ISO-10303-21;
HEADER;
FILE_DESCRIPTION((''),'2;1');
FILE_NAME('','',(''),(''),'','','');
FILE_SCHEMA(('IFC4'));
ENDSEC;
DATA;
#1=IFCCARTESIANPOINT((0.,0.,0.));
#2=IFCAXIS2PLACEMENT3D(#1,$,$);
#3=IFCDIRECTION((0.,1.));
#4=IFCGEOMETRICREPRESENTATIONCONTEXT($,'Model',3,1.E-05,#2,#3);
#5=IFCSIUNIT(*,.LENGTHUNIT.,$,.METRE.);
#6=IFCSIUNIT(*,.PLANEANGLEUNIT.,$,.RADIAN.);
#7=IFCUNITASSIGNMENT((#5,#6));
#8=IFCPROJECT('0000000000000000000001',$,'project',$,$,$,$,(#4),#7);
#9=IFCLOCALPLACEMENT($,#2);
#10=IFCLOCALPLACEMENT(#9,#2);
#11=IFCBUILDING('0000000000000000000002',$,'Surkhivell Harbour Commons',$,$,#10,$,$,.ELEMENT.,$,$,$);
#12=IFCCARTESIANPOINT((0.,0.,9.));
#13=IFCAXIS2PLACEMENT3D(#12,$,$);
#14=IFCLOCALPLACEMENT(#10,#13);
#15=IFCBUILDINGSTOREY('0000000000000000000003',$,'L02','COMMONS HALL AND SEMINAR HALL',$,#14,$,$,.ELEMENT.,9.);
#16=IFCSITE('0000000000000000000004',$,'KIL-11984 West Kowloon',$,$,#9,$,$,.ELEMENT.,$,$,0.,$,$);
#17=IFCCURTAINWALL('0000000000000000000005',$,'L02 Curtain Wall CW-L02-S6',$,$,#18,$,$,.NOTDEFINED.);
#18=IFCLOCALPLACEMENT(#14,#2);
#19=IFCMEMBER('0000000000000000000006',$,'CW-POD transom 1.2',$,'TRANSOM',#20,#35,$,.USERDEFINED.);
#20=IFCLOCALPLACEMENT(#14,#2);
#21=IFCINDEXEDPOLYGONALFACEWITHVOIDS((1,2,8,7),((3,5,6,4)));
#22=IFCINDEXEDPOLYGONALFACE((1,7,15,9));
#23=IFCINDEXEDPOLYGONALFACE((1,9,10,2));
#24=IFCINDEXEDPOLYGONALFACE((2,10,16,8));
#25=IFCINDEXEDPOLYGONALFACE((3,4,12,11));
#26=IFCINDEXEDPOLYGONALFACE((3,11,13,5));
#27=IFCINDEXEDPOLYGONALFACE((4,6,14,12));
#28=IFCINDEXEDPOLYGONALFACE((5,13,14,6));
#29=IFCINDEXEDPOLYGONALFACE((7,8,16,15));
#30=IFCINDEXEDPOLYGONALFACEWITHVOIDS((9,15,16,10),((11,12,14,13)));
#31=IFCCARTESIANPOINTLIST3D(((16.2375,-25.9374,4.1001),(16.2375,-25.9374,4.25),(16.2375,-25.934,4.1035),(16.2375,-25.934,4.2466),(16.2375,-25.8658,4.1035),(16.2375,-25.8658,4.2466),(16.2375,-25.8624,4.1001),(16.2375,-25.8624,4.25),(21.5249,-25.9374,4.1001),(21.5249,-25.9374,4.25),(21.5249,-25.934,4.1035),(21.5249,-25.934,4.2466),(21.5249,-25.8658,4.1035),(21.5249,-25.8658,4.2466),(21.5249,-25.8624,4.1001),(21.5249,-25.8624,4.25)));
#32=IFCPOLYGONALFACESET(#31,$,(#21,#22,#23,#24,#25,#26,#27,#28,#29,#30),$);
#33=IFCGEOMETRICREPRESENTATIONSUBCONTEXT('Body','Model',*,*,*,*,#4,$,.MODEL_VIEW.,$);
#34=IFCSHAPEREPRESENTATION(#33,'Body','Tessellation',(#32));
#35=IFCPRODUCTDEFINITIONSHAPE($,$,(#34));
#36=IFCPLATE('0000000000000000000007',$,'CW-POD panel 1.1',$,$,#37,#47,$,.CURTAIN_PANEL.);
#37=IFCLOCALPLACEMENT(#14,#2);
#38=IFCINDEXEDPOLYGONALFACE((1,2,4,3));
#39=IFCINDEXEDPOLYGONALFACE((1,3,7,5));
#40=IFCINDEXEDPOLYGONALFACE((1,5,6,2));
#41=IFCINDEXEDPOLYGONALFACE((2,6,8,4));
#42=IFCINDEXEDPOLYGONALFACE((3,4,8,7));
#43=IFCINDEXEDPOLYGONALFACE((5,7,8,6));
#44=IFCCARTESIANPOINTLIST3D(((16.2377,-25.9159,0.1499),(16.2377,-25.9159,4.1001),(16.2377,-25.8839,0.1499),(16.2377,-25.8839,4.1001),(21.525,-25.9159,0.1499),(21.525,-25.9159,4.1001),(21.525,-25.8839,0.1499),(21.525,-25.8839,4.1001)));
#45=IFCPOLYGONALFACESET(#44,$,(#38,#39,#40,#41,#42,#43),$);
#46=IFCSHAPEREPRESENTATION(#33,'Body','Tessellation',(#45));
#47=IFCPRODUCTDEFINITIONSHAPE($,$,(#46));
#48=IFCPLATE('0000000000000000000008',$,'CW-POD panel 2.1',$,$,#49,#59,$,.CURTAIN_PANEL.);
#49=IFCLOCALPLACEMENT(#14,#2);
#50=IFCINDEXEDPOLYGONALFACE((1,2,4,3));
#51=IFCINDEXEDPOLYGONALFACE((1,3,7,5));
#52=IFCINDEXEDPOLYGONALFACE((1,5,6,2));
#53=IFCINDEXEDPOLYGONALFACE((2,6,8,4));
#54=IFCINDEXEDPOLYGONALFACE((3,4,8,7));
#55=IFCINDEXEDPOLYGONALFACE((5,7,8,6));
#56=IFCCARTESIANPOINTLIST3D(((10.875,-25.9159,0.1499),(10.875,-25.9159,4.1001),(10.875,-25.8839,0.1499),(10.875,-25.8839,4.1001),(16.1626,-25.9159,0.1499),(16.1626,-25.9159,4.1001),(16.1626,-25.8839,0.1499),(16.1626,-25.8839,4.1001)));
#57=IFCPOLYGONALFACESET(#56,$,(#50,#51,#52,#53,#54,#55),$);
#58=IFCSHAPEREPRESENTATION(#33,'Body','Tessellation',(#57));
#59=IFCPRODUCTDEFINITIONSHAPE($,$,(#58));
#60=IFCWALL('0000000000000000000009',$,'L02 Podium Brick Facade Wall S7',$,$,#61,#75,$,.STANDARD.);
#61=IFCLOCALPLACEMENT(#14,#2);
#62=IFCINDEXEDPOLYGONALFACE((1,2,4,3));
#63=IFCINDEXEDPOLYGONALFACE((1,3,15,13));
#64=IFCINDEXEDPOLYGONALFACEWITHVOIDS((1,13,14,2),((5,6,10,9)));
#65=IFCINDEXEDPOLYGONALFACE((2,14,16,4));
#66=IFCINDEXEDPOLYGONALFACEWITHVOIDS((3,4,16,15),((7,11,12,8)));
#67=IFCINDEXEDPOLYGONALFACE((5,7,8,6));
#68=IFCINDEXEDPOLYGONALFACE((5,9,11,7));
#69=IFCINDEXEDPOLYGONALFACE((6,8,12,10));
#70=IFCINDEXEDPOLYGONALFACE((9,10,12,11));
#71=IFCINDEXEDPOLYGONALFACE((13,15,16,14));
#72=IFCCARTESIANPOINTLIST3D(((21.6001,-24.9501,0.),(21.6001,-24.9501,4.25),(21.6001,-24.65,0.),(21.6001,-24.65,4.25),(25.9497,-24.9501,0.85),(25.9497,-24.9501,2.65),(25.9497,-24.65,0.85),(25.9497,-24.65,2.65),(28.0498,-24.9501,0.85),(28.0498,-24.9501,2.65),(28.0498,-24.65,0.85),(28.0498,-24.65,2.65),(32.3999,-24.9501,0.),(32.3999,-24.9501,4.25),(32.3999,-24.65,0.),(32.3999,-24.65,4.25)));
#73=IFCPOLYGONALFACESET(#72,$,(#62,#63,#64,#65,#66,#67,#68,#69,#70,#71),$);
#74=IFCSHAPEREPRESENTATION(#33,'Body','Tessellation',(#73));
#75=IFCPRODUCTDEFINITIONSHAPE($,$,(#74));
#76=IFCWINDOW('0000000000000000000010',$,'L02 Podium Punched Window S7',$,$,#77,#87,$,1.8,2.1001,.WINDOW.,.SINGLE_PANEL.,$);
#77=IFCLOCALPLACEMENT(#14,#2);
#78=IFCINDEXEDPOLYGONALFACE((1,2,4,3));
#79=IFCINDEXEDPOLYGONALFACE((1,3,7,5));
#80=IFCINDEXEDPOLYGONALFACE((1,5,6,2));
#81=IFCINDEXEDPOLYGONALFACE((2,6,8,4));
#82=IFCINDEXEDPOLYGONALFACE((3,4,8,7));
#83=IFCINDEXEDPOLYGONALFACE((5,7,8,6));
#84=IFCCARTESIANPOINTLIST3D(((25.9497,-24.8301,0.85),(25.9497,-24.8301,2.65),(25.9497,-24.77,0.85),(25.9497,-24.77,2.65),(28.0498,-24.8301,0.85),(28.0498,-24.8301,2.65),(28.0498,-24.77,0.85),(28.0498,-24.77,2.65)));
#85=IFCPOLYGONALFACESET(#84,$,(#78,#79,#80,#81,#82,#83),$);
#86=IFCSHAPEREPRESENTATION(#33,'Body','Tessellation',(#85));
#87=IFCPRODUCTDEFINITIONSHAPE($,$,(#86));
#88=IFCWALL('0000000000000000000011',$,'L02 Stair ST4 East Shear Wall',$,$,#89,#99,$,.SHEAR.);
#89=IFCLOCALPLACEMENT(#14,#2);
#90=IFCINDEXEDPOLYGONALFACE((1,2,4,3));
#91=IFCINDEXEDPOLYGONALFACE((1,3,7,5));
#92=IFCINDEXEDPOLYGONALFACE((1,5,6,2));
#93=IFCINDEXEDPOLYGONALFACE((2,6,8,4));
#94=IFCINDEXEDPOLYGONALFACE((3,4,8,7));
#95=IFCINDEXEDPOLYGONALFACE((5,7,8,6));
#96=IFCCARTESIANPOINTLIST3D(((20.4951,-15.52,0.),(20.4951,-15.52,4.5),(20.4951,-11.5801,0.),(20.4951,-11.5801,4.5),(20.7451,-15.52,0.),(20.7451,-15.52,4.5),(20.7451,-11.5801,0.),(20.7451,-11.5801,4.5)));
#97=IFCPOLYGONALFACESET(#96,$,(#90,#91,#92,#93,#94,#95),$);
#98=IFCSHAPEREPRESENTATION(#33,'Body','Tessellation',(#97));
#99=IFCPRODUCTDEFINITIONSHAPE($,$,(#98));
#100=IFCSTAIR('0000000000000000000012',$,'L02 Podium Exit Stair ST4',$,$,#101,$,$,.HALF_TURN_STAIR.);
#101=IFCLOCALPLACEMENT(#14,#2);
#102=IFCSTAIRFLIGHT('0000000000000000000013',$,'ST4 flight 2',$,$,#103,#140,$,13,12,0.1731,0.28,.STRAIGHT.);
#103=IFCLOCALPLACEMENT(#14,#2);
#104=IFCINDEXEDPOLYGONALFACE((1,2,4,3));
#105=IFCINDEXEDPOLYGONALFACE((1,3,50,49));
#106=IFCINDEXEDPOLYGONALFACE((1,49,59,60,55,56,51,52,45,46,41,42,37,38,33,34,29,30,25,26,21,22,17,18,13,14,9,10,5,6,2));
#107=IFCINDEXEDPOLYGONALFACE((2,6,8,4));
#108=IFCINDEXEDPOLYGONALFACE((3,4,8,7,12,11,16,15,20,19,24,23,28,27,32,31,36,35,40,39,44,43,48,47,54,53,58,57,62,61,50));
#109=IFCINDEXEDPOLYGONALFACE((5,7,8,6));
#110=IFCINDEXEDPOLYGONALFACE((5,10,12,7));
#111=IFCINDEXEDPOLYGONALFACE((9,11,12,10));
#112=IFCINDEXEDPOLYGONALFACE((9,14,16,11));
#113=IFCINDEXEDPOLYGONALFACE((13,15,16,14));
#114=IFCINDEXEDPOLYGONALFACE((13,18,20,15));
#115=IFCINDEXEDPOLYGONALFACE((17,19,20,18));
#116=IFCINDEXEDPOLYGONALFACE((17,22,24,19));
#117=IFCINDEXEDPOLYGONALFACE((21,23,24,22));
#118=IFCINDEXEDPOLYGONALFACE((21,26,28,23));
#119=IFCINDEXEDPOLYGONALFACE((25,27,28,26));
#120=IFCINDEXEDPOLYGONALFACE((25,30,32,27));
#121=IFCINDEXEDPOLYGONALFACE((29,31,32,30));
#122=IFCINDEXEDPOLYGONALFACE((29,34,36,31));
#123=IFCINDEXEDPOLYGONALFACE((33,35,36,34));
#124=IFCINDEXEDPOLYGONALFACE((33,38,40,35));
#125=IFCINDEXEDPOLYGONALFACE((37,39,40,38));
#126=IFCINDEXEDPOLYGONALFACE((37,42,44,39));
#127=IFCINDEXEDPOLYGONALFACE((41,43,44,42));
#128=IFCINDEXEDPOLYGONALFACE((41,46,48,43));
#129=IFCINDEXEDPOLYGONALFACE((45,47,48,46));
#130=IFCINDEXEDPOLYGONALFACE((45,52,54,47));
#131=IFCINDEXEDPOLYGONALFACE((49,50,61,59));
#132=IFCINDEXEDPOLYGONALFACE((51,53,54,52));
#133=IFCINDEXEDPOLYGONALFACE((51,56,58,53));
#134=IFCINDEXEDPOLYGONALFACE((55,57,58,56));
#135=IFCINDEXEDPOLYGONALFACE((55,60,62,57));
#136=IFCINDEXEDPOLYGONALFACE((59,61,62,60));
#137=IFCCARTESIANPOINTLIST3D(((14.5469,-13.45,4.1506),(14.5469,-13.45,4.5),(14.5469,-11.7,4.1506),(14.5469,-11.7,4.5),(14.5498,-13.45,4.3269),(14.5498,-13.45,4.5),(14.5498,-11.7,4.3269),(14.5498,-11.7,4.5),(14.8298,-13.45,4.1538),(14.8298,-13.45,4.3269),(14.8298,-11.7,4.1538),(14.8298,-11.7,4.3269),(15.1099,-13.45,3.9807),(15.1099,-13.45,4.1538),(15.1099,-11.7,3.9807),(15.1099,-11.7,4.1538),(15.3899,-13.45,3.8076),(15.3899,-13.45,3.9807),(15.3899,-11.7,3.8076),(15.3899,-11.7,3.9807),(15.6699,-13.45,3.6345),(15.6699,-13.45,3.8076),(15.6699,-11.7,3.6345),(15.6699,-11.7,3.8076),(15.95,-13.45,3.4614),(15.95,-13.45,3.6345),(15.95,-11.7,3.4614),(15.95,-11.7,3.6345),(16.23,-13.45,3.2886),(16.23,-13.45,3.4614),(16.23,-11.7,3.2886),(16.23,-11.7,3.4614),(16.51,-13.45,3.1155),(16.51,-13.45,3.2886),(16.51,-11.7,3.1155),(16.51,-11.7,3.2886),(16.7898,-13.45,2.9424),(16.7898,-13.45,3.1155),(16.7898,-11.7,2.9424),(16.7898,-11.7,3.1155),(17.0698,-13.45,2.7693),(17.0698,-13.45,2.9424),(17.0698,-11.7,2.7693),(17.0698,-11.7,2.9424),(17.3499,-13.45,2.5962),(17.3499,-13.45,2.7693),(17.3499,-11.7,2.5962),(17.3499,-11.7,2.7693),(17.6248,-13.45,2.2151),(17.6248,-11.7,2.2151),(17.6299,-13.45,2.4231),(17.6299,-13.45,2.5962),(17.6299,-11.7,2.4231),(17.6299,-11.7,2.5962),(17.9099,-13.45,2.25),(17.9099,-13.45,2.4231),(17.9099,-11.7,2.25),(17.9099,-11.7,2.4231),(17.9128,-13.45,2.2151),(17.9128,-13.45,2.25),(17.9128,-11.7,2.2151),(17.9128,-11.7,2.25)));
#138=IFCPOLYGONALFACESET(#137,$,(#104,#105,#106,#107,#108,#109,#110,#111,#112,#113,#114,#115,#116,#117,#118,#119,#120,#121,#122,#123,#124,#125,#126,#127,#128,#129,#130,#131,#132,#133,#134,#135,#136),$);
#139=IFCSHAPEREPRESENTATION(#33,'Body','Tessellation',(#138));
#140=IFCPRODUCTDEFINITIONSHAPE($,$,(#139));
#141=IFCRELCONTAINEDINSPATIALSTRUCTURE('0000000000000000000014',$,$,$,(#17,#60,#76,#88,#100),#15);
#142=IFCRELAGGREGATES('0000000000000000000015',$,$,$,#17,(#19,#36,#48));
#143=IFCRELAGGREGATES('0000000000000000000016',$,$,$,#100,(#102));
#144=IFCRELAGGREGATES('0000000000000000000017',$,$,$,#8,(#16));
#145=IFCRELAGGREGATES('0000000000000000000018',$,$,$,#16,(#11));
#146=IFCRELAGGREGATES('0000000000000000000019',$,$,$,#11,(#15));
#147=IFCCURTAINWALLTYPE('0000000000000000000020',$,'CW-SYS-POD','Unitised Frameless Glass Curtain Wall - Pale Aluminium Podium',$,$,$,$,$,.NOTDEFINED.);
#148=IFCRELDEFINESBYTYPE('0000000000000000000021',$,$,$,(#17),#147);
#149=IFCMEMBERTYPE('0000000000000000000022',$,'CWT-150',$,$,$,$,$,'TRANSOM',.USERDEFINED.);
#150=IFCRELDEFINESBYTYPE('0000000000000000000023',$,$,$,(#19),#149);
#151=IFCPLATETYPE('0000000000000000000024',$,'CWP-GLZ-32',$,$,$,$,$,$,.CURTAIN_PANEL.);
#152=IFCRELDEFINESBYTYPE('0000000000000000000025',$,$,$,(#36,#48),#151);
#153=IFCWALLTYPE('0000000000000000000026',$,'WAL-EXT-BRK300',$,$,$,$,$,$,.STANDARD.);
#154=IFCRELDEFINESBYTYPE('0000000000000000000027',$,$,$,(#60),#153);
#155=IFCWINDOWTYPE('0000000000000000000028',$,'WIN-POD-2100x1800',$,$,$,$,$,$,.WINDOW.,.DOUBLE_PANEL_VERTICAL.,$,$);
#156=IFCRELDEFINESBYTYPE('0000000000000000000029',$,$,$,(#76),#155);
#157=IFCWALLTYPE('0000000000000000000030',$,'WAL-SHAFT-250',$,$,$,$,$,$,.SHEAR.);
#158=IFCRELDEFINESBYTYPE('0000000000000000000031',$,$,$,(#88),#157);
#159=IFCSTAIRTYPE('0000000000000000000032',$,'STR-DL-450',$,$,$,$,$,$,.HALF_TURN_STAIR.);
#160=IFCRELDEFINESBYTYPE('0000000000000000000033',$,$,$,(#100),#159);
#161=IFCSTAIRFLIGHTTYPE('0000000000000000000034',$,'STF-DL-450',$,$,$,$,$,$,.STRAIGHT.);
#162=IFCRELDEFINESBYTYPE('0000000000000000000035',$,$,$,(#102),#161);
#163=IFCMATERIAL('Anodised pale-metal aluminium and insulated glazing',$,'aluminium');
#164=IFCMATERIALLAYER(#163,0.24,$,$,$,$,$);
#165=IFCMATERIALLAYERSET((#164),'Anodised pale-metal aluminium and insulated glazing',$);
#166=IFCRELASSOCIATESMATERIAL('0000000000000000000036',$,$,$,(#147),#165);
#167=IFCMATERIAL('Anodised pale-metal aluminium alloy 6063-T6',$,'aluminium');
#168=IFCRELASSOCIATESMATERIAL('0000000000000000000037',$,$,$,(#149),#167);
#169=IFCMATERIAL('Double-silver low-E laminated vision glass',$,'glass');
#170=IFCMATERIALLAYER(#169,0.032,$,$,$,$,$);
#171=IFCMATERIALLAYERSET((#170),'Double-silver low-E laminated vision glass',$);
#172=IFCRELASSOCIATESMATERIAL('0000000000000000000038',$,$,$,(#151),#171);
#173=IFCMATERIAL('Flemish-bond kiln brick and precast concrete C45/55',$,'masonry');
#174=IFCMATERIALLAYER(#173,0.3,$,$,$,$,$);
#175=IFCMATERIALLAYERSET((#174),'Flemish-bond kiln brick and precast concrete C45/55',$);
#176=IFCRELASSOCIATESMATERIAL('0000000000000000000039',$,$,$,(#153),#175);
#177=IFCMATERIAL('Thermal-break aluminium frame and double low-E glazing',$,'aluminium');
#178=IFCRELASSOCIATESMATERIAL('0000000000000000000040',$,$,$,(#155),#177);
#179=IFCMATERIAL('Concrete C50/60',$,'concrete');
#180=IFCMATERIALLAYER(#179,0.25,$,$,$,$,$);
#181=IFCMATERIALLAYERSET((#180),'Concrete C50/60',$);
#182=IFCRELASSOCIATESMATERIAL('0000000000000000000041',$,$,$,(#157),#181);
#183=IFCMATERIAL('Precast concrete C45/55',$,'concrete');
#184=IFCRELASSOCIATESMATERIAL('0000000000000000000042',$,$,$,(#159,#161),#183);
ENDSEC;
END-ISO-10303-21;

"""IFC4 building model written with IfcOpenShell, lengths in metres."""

from ifc_helpers import new_model, si_unit, direction, frame, frame_2d, origin, origin_2d, place, context, subcontext, project, spatial, polyline, rectangle, hollow_rectangle, outline, extrude, material, layer, layer_set, material_profile, profile_set, type_object, element, fill, aggregate, save


model = new_model("IFC4")

# Units and contexts
model_context = context("Model", 3, precision=1e-05, world=origin(), true_north=direction((0.0, 1.0)))
body_context = subcontext(model_context, "Body", "Model", "MODEL_VIEW")
ifc_project = project(units=[si_unit("LENGTHUNIT", "METRE"), si_unit("PLANEANGLEUNIT", "RADIAN")], contexts=[model_context])

# Site, building, storey
site_placement = place(None, origin())
site = spatial("IfcSite", under=ifc_project, at=site_placement, Name="KIL-11984 West Kowloon", CompositionType="ELEMENT", RefElevation=0.0)
building_placement = place(site_placement, origin())
building = spatial("IfcBuilding", under=site, at=building_placement, Name="Surkhivell Harbour Commons", CompositionType="ELEMENT")
storey_placement = place(building_placement, frame((0.0, 0.0, 9.0)))
storey = spatial("IfcBuildingStorey", under=building, at=storey_placement, Name="L02", Description="COMMONS HALL AND SEMINAR HALL", CompositionType="ELEMENT", Elevation=9.0)

# Shared definitions
ifc_material_1 = material(Name="Concrete C50/60", Category="concrete")

# Curtain wall
ifc_material_2 = material(Name="Anodised pale-metal aluminium and insulated glazing", Category="aluminium")
ifc_layer_1 = layer(ifc_material_2, 0.24)
ifc_layer_set_1 = layer_set([ifc_layer_1], Name="Anodised pale-metal aluminium and insulated glazing")
curtain_wall_type = type_object("IfcCurtainWallType", Name="CW-SYS-POD", Description="Unitised Frameless Glass Curtain Wall - Pale Aluminium Podium", PredefinedType="NOTDEFINED", material=ifc_layer_set_1)
curtain_wall_1_placement = place(storey_placement, origin())
curtain_wall_1 = element("IfcCurtainWall", 1, at=curtain_wall_1_placement, inside=storey, type_object=curtain_wall_type, Name="L02 Curtain Wall CW-L02-S6", PredefinedType="NOTDEFINED")
ifc_material_3 = material(Name="Anodised pale-metal aluminium alloy 6063-T6", Category="aluminium")

# Member
ifc_material_profile_1 = material_profile(ifc_material_3, hollow_rectangle(XDim=0.075, YDim=0.1499, WallThickness=0.0034, at=origin_2d()), Name="ALU-TRAN-75x150")
ifc_profile_set_1 = profile_set([ifc_material_profile_1], Name="Anodised pale-metal aluminium alloy 6063-T6")
member_type_1 = type_object("IfcMemberType", Name="CWT-150", ElementType="TRANSOM", PredefinedType="USERDEFINED", material=ifc_profile_set_1)
member_1_placement = place(storey_placement, frame((21.5249, -25.8999, 4.175), z_axis=(-1.0, 0.0, 0.0), x_axis=(0.0, -1.0, 0.0)))
member_1 = element("IfcMember", 2, at=member_1_placement, type_object=member_type_1, Name="CW-POD transom 1.2", ObjectType="TRANSOM", PredefinedType="USERDEFINED", context=body_context, shape_type="SweptSolid", body=[
    extrude(hollow_rectangle(XDim=0.075, YDim=0.1499, WallThickness=0.0034, at=origin_2d()), origin(), (0.0, 0.0, 1.0), 5.2874),
])

# Plates
ifc_material_4 = material(Name="Double-silver low-E laminated vision glass", Category="glass")
ifc_layer_2 = layer(ifc_material_4, 0.032)
ifc_layer_set_2 = layer_set([ifc_layer_2], Name="Double-silver low-E laminated vision glass")
plate_type = type_object("IfcPlateType", Name="CWP-GLZ-32", PredefinedType="CURTAIN_PANEL", material=ifc_layer_set_2)
plate_1_placement = place(storey_placement, frame((21.5249, -25.8999, 0.1499), z_axis=(0.0, 0.0, 1.0), x_axis=(-1.0, 0.0, 0.0)))
plate_1 = element("IfcPlate", 3, at=plate_1_placement, type_object=plate_type, Name="CW-POD panel 1.1", PredefinedType="CURTAIN_PANEL", context=body_context, shape_type="SweptSolid", body=[
    extrude(rectangle(XDim=5.2874, YDim=0.032, at=frame_2d((2.6436, 0.0))), origin(), (0.0, 0.0, 1.0), 3.9502),
])
plate_2_placement = place(storey_placement, frame((16.1626, -25.8999, 0.1499), z_axis=(0.0, 0.0, 1.0), x_axis=(-1.0, 0.0, 0.0)))
plate_2 = element("IfcPlate", 4, at=plate_2_placement, type_object=plate_type, Name="CW-POD panel 2.1", PredefinedType="CURTAIN_PANEL", context=body_context, shape_type="SweptSolid", body=[
    extrude(rectangle(XDim=5.2876, YDim=0.032, at=frame_2d((2.6438, 0.0))), origin(), (0.0, 0.0, 1.0), 3.9502),
])
aggregate(curtain_wall_1, [member_1, plate_1, plate_2])

# Wall, opening, window
ifc_material_5 = material(Name="Flemish-bond kiln brick and precast concrete C45/55", Category="masonry")
ifc_layer_3 = layer(ifc_material_5, 0.3)
ifc_layer_set_3 = layer_set([ifc_layer_3], Name="Flemish-bond kiln brick and precast concrete C45/55")
wall_type_1 = type_object("IfcWallType", Name="WAL-EXT-BRK300", PredefinedType="STANDARD", material=ifc_layer_set_3)
wall_1_placement = place(storey_placement, frame((32.3999, -24.8, 0.0), z_axis=(0.0, 0.0, 1.0), x_axis=(-1.0, 0.0, 0.0)))
wall_1 = element("IfcWall", 5, at=wall_1_placement, inside=storey, type_object=wall_type_1, Name="L02 Podium Brick Facade Wall S7", PredefinedType="STANDARD", context=body_context, shape_type="SweptSolid", body=[
    extrude(rectangle(XDim=10.7998, YDim=0.3, at=frame_2d((5.3999, 0.0))), origin(), (0.0, 0.0, 1.0), 4.25),
])
opening_placement = place(wall_1_placement, frame((4.3501, 0.0, 0.8501)))
opening = element("IfcOpeningElement", 6, at=opening_placement, cuts=wall_1, PredefinedType="OPENING", context=body_context, shape_type="SweptSolid", body=[
    extrude(rectangle(XDim=2.1001, YDim=1.8, at=frame_2d((1.05, 0.8999))), frame((0.0, 0.1599, 0.0), z_axis=(0.0, -1.0, 0.0), x_axis=(1.0, 0.0, 0.0)), (0.0, 0.0, 1.0), 0.3201),
])
ifc_material_6 = material(Name="Thermal-break aluminium frame and double low-E glazing", Category="aluminium")
window_type = type_object("IfcWindowType", Name="WIN-POD-2100x1800", PartitioningType="DOUBLE_PANEL_VERTICAL", PredefinedType="WINDOW", material=ifc_material_6)
window_placement = place(opening_placement, origin())
window = element("IfcWindow", 7, at=window_placement, inside=storey, type_object=window_type, Name="L02 Podium Punched Window S7", OverallHeight=1.8, OverallWidth=2.1001, PartitioningType="SINGLE_PANEL", PredefinedType="WINDOW", context=body_context, shape_type="SweptSolid", body=[
    extrude(rectangle(XDim=2.1001, YDim=1.8, at=frame_2d((1.05, 0.8999))), frame((0.0, 0.03, 0.0), z_axis=(0.0, -1.0, 0.0), x_axis=(1.0, 0.0, 0.0)), (0.0, 0.0, 1.0), 0.0601),
])
fill(opening, window)

# Wall
ifc_layer_4 = layer(ifc_material_1, 0.25)
ifc_layer_set_4 = layer_set([ifc_layer_4], Name="Concrete C50/60")
wall_type_2 = type_object("IfcWallType", Name="WAL-SHAFT-250", PredefinedType="SHEAR", material=ifc_layer_set_4)
wall_2_placement = place(storey_placement, frame((20.6201, -15.52, 0.0), z_axis=(0.0, 0.0, 1.0), x_axis=(0.0, 1.0, 0.0)))
element("IfcWall", 8, at=wall_2_placement, inside=storey, type_object=wall_type_2, Name="L02 Stair ST4 East Shear Wall", PredefinedType="SHEAR", context=body_context, shape_type="SweptSolid", body=[
    extrude(rectangle(XDim=3.9399, YDim=0.25, at=frame_2d((1.97, 0.0))), origin(), (0.0, 0.0, 1.0), 4.5),
])

# Stair, stair flight
ifc_material_7 = material(Name="Precast concrete C45/55", Category="concrete")
stair_type = type_object("IfcStairType", Name="STR-DL-450", PredefinedType="HALF_TURN_STAIR", material=ifc_material_7)
stair_placement = place(storey_placement, origin())
stair = element("IfcStair", 9, at=stair_placement, inside=storey, type_object=stair_type, Name="L02 Podium Exit Stair ST4", PredefinedType="HALF_TURN_STAIR")
stair_flight_type = type_object("IfcStairFlightType", Name="STF-DL-450", PredefinedType="STRAIGHT", material=ifc_material_7)
stair_flight_placement = place(storey_placement, frame((17.9099, -12.575, 2.25), z_axis=(0.0, 0.0, 1.0), x_axis=(-1.0, 0.0, 0.0)))
stair_flight = element("IfcStairFlight", 10, at=stair_flight_placement, type_object=stair_flight_type, Name="ST4 flight 2", NumberOfRisers=13, NumberOfTreads=12, PredefinedType="STRAIGHT", RiserHeight=0.1731, TreadLength=0.28, context=body_context, shape_type="SweptSolid", body=[
    extrude(outline(polyline([(-0.0029, -0.0349), (-0.0029, 0.0), (0.0, 0.0), (0.0, 0.1731), (0.28, 0.1731), (0.28, 0.3462), (0.5601, 0.3462), (0.5601, 0.5193), (0.8401, 0.5193), (0.8401, 0.6924), (1.1201, 0.6924), (1.1201, 0.8655), (1.3999, 0.8655), (1.3999, 1.0386), (1.6799, 1.0386), (1.6799, 1.2114), (1.96, 1.2114), (1.96, 1.3845), (2.24, 1.3845), (2.24, 1.5576), (2.52, 1.5576), (2.52, 1.7307), (2.8, 1.7307), (2.8, 1.9038), (3.0801, 1.9038), (3.0801, 2.0769), (3.3601, 2.0769), (3.3601, 2.25), (3.363, 2.25), (3.363, 1.9006), (0.2852, -0.0349), (-0.0029, -0.0349)])), frame((0.0, 0.875, 0.0), z_axis=(0.0, -1.0, 0.0), x_axis=(1.0, 0.0, 0.0)), (0.0, 0.0, 1.0), 1.75),
])
aggregate(stair, [stair_flight])

save(model, "model.ifc")
